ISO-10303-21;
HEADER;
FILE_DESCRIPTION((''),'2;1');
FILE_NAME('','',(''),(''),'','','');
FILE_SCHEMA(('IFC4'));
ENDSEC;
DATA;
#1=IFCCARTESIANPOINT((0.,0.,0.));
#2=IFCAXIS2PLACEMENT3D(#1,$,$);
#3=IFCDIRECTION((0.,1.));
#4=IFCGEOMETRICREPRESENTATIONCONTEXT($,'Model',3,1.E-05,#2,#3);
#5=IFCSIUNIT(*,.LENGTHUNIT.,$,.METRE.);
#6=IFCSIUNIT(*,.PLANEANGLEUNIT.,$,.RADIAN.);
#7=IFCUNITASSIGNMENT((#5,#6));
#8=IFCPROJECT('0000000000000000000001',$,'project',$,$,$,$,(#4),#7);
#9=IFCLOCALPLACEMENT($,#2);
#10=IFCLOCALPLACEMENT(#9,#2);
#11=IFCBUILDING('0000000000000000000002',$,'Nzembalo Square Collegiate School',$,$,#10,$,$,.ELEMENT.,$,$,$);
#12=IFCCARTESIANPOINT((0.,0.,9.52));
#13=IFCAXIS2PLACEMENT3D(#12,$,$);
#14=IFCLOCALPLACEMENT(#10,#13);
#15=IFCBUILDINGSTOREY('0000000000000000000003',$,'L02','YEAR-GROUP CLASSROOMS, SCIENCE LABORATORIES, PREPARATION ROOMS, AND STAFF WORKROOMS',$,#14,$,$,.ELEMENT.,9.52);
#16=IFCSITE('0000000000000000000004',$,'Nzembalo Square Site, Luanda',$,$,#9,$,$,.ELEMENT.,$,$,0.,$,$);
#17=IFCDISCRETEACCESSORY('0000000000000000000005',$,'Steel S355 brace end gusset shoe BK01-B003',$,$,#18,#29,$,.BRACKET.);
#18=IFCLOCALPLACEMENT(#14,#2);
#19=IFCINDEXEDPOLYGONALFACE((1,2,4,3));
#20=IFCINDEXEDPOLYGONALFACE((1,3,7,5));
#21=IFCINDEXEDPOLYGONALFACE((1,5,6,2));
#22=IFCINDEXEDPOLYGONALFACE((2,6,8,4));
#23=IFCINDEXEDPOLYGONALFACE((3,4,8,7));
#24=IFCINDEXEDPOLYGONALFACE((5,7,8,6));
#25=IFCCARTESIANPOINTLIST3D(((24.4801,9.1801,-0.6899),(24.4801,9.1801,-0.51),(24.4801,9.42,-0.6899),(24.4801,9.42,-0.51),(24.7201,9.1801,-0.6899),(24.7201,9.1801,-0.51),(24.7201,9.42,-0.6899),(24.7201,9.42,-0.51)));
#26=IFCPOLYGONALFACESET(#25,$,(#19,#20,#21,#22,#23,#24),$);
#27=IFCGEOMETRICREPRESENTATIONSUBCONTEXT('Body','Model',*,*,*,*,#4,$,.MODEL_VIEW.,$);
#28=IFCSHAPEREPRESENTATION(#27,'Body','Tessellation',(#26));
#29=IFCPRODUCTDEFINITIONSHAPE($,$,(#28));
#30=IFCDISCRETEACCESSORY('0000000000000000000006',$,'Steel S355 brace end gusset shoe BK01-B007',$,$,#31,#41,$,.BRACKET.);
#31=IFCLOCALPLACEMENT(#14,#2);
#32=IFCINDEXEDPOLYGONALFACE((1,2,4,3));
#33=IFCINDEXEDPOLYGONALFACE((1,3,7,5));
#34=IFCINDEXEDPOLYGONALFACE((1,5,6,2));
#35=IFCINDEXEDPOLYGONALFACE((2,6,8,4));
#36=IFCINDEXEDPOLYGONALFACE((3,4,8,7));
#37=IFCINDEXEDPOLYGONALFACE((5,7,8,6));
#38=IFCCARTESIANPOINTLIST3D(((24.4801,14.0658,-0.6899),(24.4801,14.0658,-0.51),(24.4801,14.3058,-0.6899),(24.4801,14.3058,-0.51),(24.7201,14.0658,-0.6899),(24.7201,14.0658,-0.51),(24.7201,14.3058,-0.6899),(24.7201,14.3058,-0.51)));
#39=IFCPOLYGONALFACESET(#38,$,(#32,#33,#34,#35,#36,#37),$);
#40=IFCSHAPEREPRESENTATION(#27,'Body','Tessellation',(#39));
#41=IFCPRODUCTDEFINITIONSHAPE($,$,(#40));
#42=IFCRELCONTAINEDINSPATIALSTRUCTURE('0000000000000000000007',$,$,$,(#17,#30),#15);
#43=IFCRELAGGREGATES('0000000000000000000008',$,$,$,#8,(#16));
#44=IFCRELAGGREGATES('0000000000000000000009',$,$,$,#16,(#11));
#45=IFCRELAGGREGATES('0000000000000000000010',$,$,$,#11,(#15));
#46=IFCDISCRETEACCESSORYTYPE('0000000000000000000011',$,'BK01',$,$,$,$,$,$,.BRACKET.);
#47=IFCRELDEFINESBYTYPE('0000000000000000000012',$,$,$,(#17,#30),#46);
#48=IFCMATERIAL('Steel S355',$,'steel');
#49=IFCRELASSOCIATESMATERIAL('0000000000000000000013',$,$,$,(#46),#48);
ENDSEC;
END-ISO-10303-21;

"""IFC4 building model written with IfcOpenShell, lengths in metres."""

from ifc_helpers import new_model, si_unit, direction, frame, origin, origin_2d, place, context, subcontext, project, spatial, rectangle, extrude, material, type_object, element, save


model = new_model("IFC4")

# Units and contexts
model_context = context("Model", 3, precision=1e-05, world=origin(), true_north=direction((0.0, 1.0)))
body_context = subcontext(model_context, "Body", "Model", "MODEL_VIEW")
ifc_project = project(units=[si_unit("LENGTHUNIT", "METRE"), si_unit("PLANEANGLEUNIT", "RADIAN")], contexts=[model_context])

# Site, building, storey
site_placement = place(None, origin())
site = spatial("IfcSite", under=ifc_project, at=site_placement, Name="Nzembalo Square Site, Luanda", CompositionType="ELEMENT", RefElevation=0.0)
building_placement = place(site_placement, origin())
building = spatial("IfcBuilding", under=site, at=building_placement, Name="Nzembalo Square Collegiate School", CompositionType="ELEMENT")
storey_placement = place(building_placement, frame((0.0, 0.0, 9.52)))
storey = spatial("IfcBuildingStorey", under=building, at=storey_placement, Name="L02", Description="YEAR-GROUP CLASSROOMS, SCIENCE LABORATORIES, PREPARATION ROOMS, AND STAFF WORKROOMS", CompositionType="ELEMENT", Elevation=9.52)

# Discrete accessories
ifc_material_1 = material(Name="Steel S355", Category="steel")
discrete_accessory_type = type_object("IfcDiscreteAccessoryType", Name="BK01", PredefinedType="BRACKET", material=ifc_material_1)
for number, where, z_axis, x_axis, name in (
    (1, (24.6001, 9.3, -0.6899), (0.0, 0.0, 1.0), (1.0, 0.0, 0.0), "Steel S355 brace end gusset shoe BK01-B003"),
    (2, (24.6001, 14.1858, -0.6899), (0.0, 0.0, 1.0), (1.0, 0.0, 0.0), "Steel S355 brace end gusset shoe BK01-B007"),
):
    element("IfcDiscreteAccessory", number, at=place(storey_placement, frame(where, z_axis=z_axis, x_axis=x_axis)), inside=storey, type_object=discrete_accessory_type, Name=name, PredefinedType="BRACKET", context=body_context, shape_type="SweptSolid", body=[
        extrude(rectangle(XDim=0.24, YDim=0.24, at=origin_2d()), origin(), (0.0, 0.0, 1.0), 0.1799),
    ])

save(model, "model.ifc")
